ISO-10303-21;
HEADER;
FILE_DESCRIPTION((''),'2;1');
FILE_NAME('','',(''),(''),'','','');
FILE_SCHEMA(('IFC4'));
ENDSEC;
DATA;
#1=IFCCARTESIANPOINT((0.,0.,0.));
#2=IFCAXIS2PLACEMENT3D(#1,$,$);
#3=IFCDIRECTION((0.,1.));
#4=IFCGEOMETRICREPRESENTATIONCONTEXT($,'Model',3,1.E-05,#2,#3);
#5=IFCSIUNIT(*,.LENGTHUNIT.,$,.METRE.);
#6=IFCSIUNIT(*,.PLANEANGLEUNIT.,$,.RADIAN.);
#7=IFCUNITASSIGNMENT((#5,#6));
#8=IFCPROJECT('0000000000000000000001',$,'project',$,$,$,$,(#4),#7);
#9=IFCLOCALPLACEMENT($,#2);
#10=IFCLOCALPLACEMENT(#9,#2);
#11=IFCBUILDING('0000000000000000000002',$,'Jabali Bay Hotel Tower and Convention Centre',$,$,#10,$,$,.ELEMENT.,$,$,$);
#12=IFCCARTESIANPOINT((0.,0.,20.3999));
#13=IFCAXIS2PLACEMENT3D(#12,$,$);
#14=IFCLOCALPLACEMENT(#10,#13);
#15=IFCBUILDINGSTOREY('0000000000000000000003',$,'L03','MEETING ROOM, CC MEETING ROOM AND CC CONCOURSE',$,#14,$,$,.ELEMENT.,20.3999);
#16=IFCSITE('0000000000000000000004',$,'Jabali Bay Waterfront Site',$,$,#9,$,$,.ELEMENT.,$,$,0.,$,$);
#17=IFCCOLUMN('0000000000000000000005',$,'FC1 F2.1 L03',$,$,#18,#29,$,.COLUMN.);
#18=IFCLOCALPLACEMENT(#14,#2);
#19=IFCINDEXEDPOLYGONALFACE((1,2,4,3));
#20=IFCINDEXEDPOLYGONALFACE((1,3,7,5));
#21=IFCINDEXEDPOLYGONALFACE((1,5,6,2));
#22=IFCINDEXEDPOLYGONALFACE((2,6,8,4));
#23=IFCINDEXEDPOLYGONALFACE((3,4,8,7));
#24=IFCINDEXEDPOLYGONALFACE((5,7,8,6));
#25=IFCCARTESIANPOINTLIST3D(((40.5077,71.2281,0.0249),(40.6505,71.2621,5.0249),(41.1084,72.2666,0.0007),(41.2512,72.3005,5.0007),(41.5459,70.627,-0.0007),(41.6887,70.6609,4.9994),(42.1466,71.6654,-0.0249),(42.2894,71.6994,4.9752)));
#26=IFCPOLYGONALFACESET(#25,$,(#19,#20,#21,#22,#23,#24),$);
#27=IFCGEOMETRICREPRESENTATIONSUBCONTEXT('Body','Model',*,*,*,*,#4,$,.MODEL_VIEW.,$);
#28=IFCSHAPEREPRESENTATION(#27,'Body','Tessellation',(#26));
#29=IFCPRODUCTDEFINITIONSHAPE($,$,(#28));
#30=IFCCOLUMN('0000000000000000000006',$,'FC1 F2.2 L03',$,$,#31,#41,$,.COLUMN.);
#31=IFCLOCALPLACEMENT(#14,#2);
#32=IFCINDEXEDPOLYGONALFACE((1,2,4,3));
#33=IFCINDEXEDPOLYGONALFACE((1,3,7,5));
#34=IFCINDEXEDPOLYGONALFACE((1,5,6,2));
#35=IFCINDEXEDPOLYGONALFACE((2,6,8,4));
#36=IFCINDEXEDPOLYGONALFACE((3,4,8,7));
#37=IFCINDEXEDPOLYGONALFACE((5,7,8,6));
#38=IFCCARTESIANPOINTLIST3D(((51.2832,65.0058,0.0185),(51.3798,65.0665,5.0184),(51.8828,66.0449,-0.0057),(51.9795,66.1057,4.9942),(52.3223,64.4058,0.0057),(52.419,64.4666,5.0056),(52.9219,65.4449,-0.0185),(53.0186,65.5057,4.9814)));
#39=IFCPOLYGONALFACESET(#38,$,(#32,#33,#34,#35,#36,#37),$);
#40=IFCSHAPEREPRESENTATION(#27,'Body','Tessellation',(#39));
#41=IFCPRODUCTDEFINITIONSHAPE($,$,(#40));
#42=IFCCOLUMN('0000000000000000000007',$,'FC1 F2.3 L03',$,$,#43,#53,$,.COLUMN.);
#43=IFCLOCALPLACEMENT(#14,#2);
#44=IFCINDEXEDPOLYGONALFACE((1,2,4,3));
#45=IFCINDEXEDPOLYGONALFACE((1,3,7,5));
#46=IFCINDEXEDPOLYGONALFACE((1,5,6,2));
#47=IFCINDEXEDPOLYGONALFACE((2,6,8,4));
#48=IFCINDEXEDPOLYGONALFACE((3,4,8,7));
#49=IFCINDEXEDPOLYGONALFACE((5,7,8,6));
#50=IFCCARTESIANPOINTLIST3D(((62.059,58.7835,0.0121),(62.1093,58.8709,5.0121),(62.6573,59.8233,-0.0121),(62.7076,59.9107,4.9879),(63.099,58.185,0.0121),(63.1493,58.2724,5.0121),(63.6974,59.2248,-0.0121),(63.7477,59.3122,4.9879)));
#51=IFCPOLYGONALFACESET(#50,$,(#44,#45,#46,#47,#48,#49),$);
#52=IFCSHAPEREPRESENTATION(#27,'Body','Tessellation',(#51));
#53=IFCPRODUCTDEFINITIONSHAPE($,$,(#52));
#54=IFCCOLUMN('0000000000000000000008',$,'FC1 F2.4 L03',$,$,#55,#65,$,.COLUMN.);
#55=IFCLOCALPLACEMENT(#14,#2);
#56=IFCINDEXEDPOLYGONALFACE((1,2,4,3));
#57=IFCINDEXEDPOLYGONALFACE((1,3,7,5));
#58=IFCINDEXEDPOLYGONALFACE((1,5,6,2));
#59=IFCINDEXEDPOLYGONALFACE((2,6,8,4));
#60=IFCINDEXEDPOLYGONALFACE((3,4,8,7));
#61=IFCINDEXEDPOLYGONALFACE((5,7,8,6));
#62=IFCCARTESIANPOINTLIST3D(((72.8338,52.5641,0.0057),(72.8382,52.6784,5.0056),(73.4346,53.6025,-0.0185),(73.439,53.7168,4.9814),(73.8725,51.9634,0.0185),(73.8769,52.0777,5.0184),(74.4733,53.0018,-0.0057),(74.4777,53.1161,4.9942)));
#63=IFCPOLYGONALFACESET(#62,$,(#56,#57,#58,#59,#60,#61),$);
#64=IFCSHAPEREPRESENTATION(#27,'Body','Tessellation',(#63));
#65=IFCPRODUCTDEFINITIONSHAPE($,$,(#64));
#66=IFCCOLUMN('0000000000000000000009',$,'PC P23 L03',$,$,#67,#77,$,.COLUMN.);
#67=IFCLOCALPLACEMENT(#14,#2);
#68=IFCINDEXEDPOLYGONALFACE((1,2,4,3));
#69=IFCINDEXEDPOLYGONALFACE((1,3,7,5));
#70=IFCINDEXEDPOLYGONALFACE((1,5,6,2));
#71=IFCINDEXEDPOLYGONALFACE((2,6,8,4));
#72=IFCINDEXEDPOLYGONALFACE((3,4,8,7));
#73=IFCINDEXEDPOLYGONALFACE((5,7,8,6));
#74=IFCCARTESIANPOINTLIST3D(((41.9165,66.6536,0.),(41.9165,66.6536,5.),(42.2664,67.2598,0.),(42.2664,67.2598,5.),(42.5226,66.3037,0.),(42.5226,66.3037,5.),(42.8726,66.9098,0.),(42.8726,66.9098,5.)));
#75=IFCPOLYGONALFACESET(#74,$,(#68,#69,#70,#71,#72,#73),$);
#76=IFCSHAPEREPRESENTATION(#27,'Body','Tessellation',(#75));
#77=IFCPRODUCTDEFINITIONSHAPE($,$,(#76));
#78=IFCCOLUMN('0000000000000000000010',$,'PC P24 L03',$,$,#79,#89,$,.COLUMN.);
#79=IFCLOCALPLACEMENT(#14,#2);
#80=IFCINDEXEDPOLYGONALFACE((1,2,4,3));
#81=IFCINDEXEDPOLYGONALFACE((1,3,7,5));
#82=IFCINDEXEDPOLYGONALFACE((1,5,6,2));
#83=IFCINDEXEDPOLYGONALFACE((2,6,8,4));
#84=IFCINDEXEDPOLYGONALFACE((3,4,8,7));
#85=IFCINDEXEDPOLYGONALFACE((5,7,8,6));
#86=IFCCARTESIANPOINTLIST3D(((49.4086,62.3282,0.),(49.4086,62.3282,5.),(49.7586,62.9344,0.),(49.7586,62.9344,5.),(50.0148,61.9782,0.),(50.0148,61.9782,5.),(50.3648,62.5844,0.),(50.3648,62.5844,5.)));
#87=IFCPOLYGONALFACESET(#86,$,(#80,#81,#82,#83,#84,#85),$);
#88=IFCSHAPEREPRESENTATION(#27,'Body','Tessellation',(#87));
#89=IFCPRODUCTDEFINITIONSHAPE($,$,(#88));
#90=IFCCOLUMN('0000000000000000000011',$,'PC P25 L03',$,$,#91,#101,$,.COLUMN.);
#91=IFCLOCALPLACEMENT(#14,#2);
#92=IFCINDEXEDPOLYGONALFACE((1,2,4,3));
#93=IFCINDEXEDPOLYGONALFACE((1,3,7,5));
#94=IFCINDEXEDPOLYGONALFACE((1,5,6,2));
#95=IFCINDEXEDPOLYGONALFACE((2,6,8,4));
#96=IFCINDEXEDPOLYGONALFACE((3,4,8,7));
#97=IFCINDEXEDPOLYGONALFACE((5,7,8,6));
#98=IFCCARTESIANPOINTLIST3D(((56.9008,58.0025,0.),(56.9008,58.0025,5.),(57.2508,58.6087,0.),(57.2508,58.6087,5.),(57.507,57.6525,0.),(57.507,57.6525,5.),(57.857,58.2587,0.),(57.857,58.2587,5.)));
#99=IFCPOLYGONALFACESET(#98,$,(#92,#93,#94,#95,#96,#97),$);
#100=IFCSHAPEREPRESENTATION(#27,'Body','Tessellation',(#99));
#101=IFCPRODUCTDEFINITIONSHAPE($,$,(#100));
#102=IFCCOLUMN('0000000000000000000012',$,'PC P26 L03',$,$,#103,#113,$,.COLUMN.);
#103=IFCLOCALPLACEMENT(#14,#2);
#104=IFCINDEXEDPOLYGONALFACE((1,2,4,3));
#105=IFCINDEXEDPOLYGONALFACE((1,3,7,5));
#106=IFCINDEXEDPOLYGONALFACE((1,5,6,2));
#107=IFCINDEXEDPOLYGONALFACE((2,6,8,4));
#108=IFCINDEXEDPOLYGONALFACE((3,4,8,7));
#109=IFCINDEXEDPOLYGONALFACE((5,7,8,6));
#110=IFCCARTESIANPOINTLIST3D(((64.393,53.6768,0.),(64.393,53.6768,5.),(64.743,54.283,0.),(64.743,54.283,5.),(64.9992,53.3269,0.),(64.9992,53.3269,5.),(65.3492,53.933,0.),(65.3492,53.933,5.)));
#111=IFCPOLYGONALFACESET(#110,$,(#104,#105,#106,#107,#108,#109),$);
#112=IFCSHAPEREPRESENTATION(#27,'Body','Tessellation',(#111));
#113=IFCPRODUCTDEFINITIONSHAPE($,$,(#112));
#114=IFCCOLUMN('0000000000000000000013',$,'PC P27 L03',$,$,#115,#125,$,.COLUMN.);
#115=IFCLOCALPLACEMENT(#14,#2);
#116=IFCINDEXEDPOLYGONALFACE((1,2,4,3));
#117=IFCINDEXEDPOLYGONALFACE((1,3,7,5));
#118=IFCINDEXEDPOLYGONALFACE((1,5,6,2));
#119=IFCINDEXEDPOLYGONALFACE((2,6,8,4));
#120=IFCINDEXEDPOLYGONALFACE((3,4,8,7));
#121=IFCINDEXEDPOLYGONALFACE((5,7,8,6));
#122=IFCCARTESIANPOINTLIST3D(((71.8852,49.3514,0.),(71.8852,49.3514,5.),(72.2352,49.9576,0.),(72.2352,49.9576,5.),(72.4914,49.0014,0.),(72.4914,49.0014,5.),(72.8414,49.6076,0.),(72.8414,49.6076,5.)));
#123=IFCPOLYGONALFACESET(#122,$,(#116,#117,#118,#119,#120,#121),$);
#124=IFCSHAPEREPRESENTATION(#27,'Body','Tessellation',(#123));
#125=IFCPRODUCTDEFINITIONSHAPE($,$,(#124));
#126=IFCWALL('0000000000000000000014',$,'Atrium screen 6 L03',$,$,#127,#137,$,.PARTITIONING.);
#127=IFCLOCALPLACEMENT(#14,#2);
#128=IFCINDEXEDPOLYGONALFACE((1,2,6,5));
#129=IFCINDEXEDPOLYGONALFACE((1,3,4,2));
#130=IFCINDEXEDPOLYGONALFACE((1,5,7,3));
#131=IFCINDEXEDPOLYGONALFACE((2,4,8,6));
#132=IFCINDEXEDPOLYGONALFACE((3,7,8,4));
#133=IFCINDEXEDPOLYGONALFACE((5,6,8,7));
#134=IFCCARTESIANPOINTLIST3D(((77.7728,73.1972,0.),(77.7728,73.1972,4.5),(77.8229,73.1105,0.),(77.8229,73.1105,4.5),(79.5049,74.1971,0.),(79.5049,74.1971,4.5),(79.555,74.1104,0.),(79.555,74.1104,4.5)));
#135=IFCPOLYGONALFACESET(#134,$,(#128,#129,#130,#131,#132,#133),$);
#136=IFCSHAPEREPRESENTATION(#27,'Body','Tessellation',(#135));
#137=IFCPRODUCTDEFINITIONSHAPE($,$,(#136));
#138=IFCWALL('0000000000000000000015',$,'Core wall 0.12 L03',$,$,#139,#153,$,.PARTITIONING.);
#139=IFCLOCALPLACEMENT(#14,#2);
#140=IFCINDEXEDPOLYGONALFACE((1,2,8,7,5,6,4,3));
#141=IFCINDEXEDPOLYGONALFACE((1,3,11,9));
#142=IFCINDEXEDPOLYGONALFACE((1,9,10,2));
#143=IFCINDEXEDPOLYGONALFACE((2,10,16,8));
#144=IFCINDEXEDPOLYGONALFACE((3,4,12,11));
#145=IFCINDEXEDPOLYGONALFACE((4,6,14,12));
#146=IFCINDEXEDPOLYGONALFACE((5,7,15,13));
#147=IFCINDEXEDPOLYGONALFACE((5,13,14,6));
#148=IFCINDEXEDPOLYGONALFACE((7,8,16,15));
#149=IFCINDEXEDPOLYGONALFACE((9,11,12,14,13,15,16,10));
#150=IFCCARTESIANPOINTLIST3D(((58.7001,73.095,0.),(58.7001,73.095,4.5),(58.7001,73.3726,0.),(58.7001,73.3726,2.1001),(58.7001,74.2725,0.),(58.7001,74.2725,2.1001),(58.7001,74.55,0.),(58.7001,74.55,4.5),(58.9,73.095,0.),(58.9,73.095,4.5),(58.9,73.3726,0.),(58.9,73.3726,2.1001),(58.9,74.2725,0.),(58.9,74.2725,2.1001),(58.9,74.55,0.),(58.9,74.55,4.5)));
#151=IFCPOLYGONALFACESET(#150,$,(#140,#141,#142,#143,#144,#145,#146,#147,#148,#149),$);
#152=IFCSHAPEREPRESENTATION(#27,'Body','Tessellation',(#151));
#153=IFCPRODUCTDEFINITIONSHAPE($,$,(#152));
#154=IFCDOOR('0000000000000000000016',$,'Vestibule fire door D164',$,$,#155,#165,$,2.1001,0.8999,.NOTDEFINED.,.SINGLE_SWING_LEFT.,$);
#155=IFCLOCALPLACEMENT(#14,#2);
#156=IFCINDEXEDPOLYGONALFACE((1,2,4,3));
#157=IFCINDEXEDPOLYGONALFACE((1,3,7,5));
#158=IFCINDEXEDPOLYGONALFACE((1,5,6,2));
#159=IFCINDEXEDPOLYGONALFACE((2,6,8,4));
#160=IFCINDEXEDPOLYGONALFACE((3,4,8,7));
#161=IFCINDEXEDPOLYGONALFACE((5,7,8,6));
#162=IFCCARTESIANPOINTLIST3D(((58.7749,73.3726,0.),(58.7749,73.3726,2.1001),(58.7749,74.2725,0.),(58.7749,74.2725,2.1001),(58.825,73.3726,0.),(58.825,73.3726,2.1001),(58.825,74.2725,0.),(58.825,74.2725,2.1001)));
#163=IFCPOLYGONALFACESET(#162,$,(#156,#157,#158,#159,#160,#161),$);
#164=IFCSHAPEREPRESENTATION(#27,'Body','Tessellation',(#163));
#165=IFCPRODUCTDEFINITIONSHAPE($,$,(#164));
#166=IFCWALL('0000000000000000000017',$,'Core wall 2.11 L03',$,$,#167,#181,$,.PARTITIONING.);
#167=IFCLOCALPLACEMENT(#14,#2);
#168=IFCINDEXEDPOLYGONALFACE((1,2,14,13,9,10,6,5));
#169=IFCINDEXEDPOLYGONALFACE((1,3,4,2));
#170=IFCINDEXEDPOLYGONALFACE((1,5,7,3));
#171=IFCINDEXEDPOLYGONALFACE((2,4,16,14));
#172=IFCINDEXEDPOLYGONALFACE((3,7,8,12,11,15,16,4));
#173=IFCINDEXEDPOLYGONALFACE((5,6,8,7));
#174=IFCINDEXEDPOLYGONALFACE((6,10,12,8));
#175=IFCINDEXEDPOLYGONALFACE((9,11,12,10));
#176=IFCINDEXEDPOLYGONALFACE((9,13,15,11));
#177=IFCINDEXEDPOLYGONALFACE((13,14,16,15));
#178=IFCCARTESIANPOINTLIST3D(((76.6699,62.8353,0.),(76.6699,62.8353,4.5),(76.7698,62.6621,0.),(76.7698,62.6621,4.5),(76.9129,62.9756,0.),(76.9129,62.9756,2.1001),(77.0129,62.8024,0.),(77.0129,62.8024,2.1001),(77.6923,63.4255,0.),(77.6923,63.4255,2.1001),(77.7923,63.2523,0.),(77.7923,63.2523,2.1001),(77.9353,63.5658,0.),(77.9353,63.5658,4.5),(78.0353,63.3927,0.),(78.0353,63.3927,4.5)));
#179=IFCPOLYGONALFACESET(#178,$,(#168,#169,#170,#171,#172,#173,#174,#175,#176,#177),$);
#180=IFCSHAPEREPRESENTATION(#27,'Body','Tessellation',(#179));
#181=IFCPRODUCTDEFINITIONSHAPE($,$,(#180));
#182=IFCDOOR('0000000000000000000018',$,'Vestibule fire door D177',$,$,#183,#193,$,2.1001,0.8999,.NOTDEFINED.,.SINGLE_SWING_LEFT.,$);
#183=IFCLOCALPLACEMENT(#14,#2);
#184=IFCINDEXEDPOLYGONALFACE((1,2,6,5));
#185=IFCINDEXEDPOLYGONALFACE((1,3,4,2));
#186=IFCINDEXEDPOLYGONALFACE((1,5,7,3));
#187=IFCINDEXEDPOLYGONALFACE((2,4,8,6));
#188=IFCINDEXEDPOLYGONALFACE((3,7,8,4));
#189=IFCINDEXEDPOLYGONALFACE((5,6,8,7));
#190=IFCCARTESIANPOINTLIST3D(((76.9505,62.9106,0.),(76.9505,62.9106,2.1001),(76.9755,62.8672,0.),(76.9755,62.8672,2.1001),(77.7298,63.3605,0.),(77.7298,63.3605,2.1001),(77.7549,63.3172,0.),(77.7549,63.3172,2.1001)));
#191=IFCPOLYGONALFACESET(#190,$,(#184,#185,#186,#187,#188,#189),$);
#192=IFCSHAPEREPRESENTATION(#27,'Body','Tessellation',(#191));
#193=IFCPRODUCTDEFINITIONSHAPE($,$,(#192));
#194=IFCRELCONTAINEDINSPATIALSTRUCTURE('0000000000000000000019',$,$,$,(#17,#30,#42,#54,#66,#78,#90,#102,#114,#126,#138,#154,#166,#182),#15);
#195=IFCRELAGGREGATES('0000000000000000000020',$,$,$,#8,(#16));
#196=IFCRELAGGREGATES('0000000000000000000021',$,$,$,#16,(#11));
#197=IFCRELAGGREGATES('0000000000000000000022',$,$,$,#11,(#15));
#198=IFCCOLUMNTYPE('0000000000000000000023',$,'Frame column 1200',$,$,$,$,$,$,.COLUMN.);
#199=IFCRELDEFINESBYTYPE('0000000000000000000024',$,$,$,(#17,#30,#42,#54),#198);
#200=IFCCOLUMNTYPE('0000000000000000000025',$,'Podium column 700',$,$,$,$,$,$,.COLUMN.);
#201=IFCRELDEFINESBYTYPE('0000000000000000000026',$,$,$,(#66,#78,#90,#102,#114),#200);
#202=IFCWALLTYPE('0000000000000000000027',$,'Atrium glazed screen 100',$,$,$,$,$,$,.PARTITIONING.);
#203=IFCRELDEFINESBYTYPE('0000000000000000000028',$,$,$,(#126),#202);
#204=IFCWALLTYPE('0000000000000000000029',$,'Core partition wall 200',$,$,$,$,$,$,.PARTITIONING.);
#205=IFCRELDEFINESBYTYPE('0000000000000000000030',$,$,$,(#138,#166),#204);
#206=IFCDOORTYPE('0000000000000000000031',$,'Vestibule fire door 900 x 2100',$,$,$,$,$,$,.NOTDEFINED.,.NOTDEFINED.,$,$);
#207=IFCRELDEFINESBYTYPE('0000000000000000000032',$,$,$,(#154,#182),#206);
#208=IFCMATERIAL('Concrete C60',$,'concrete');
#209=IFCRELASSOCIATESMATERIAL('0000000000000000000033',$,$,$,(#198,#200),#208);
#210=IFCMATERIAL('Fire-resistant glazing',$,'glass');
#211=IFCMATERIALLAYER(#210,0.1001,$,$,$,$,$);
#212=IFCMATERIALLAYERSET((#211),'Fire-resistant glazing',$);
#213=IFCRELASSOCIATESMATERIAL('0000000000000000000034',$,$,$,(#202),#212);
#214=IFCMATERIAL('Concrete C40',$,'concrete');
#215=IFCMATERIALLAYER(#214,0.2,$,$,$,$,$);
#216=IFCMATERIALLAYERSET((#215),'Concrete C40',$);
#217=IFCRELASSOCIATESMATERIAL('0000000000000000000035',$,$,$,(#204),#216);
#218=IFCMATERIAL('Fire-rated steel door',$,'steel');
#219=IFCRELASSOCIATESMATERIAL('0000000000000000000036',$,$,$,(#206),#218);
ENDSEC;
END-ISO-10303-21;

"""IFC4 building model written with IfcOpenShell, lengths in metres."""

from ifc_helpers import new_model, si_unit, direction, frame, frame_2d, origin, origin_2d, place, context, subcontext, project, spatial, rectangle, extrude, material, layer, layer_set, material_profile, profile_set, type_object, element, fill, save


model = new_model("IFC4")

# Units and contexts
model_context = context("Model", 3, precision=1e-05, world=origin(), true_north=direction((0.0, 1.0)))
body_context = subcontext(model_context, "Body", "Model", "MODEL_VIEW")
ifc_project = project(units=[si_unit("LENGTHUNIT", "METRE"), si_unit("PLANEANGLEUNIT", "RADIAN")], contexts=[model_context])

# Site, building, storey
site_placement = place(None, origin())
site = spatial("IfcSite", under=ifc_project, at=site_placement, Name="Jabali Bay Waterfront Site", CompositionType="ELEMENT", RefElevation=0.0)
building_placement = place(site_placement, origin())
building = spatial("IfcBuilding", under=site, at=building_placement, Name="Jabali Bay Hotel Tower and Convention Centre", CompositionType="ELEMENT")
storey_placement = place(building_placement, frame((0.0, 0.0, 20.3999)))
storey = spatial("IfcBuildingStorey", under=building, at=storey_placement, Name="L03", Description="MEETING ROOM, CC MEETING ROOM AND CC CONCOURSE", CompositionType="ELEMENT", Elevation=20.3999)

# Columns
ifc_material_1 = material(Name="Concrete C60", Category="concrete")
ifc_material_profile_1 = material_profile(ifc_material_1, rectangle(XDim=1.2, YDim=1.2, at=origin_2d()), Name="Frame column 1200")
ifc_profile_set_1 = profile_set([ifc_material_profile_1], Name="Concrete C60")
column_type_1 = type_object("IfcColumnType", Name="Frame column 1200", PredefinedType="COLUMN", material=ifc_profile_set_1)
column_1_placement = place(storey_placement, frame((41.3271, 71.4468, 0.0), z_axis=(0.028552, 0.006784, 0.999569), x_axis=(-0.865193, 0.500987, 0.021314)))
element("IfcColumn", 1, at=column_1_placement, inside=storey, type_object=column_type_1, Name="FC1 F2.1 L03", PredefinedType="COLUMN", context=body_context, shape_type="SweptSolid", body=[
    extrude(rectangle(XDim=1.2, YDim=1.2, at=origin_2d()), origin(), (0.0, 0.0, 1.0), 5.0022),
])
column_2_placement = place(storey_placement, frame((52.1025, 65.2253, 0.0), z_axis=(0.019331, 0.012155, 0.999739), x_axis=(-0.865976, 0.499971, 0.010666)))
element("IfcColumn", 2, at=column_2_placement, inside=storey, type_object=column_type_1, Name="FC1 F2.2 L03", PredefinedType="COLUMN", context=body_context, shape_type="SweptSolid", body=[
    extrude(rectangle(XDim=1.2, YDim=1.2, at=origin_2d()), origin(), (0.0, 0.0, 1.0), 5.0012),
])
column_3_placement = place(storey_placement, frame((62.8782, 59.0042, 0.0), z_axis=(0.010057, 0.017477, 0.999797), x_axis=(-0.498647, -0.866571, 0.020164)))
element("IfcColumn", 3, at=column_3_placement, inside=storey, type_object=column_type_1, Name="FC1 F2.3 L03", PredefinedType="COLUMN", context=body_context, shape_type="SweptSolid", body=[
    extrude(rectangle(XDim=1.2, YDim=1.2, at=origin_2d()), origin(), (0.0, 0.0, 1.0), 5.001),
])
column_4_placement = place(storey_placement, frame((73.6536, 52.783, 0.0), z_axis=(0.000879, 0.022846, 0.999739), x_axis=(-0.500717, -0.865375, 0.020215)))
element("IfcColumn", 4, at=column_4_placement, inside=storey, type_object=column_type_1, Name="FC1 F2.4 L03", PredefinedType="COLUMN", context=body_context, shape_type="SweptSolid", body=[
    extrude(rectangle(XDim=1.2, YDim=1.2, at=origin_2d()), origin(), (0.0, 0.0, 1.0), 5.0012),
])
ifc_material_profile_2 = material_profile(ifc_material_1, rectangle(XDim=0.7, YDim=0.7, at=origin_2d()), Name="Podium column 700")
ifc_profile_set_2 = profile_set([ifc_material_profile_2], Name="Concrete C60")
column_type_2 = type_object("IfcColumnType", Name="Podium column 700", PredefinedType="COLUMN", material=ifc_profile_set_2)
for number, where, z_axis, x_axis, name in (
    (5, (42.3945, 66.7817, 0.0), (0.0, 0.0, 1.0), (0.5, 0.866025, 0.0), "PC P23 L03"),
    (6, (49.8867, 62.4563, 0.0), (0.0, 0.0, 1.0), (0.5, 0.866025, 0.0), "PC P24 L03"),
    (7, (57.3789, 58.1306, 0.0), (0.0, 0.0, 1.0), (0.5, 0.866025, 0.0), "PC P25 L03"),
    (8, (64.8711, 53.8049, 0.0), (0.0, 0.0, 1.0), (0.5, 0.866025, 0.0), "PC P26 L03"),
    (9, (72.3633, 49.4795, 0.0), (0.0, 0.0, 1.0), (0.5, 0.866025, 0.0), "PC P27 L03"),
):
    element("IfcColumn", number, at=place(storey_placement, frame(where, z_axis=z_axis, x_axis=x_axis)), inside=storey, type_object=column_type_2, Name=name, PredefinedType="COLUMN", context=body_context, shape_type="SweptSolid", body=[
        extrude(rectangle(XDim=0.7, YDim=0.7, at=origin_2d()), origin(), (0.0, 0.0, 1.0), 5.0),
    ])

# Wall
ifc_material_2 = material(Name="Fire-resistant glazing", Category="glass")
ifc_layer_1 = layer(ifc_material_2, 0.1001)
ifc_layer_set_1 = layer_set([ifc_layer_1], Name="Fire-resistant glazing")
wall_type_1 = type_object("IfcWallType", Name="Atrium glazed screen 100", PredefinedType="PARTITIONING", material=ifc_layer_set_1)
wall_1_placement = place(storey_placement, frame((77.7979, 73.1538, 0.0), z_axis=(0.0, 0.0, 1.0), x_axis=(0.866041, 0.499973, 0.0)))
element("IfcWall", 10, at=wall_1_placement, inside=storey, type_object=wall_type_1, Name="Atrium screen 6 L03", PredefinedType="PARTITIONING", context=body_context, shape_type="SweptSolid", body=[
    extrude(rectangle(XDim=2.0, YDim=0.1001, at=frame_2d((1.0, 0.0))), origin(), (0.0, 0.0, 1.0), 4.5),
])

# Walls, openings, doors
ifc_material_3 = material(Name="Concrete C40", Category="concrete")
ifc_layer_2 = layer(ifc_material_3, 0.2)
ifc_layer_set_2 = layer_set([ifc_layer_2], Name="Concrete C40")
wall_type_2 = type_object("IfcWallType", Name="Core partition wall 200", PredefinedType="PARTITIONING", material=ifc_layer_set_2)
wall_2_placement = place(storey_placement, frame((58.8, 74.55, 0.0), z_axis=(0.0, 0.0, 1.0), x_axis=(0.0, -1.0, 0.0)))
wall_2 = element("IfcWall", 11, at=wall_2_placement, inside=storey, type_object=wall_type_2, Name="Core wall 0.12 L03", PredefinedType="PARTITIONING", context=body_context, shape_type="SweptSolid", body=[
    extrude(rectangle(XDim=1.4551, YDim=0.2, at=frame_2d((0.7275, 0.0))), origin(), (0.0, 0.0, 1.0), 4.5),
])
opening_1_placement = place(wall_2_placement, frame((0.2776, 0.0, 0.0)))
opening_1 = element("IfcOpeningElement", 12, at=opening_1_placement, cuts=wall_2, PredefinedType="OPENING", context=body_context, shape_type="SweptSolid", body=[
    extrude(rectangle(XDim=0.8999, YDim=2.1001, at=frame_2d((0.45, 1.05))), frame((0.0, 0.1104, 0.0), z_axis=(0.0, -1.0, 0.0), x_axis=(1.0, 0.0, 0.0)), (0.0, 0.0, 1.0), 0.2209),
])
ifc_material_4 = material(Name="Fire-rated steel door", Category="steel")
door_type_1 = type_object("IfcDoorType", Name="Vestibule fire door 900 x 2100", OperationType="NOTDEFINED", PredefinedType="NOTDEFINED", material=ifc_material_4)
door_1_placement = place(opening_1_placement, origin())
door_1 = element("IfcDoor", 13, at=door_1_placement, inside=storey, type_object=door_type_1, Name="Vestibule fire door D164", OperationType="SINGLE_SWING_LEFT", OverallHeight=2.1001, OverallWidth=0.8999, PredefinedType="NOTDEFINED", context=body_context, shape_type="SweptSolid", body=[
    extrude(rectangle(XDim=0.8999, YDim=2.1001, at=frame_2d((0.45, 1.05))), frame((0.0, 0.0249, 0.0), z_axis=(0.0, -1.0, 0.0), x_axis=(1.0, 0.0, 0.0)), (0.0, 0.0, 1.0), 0.05),
])
fill(opening_1, door_1)
wall_3_placement = place(storey_placement, frame((76.72, 62.7488, 0.0), z_axis=(0.0, 0.0, 1.0), x_axis=(0.866055, 0.499949, 0.0)))
wall_3 = element("IfcWall", 14, at=wall_3_placement, inside=storey, type_object=wall_type_2, Name="Core wall 2.11 L03", PredefinedType="PARTITIONING", context=body_context, shape_type="SweptSolid", body=[
    extrude(rectangle(XDim=1.4612, YDim=0.2, at=frame_2d((0.7305, 0.0))), origin(), (0.0, 0.0, 1.0), 4.5),
])
opening_2_placement = place(wall_3_placement, frame((0.2805, 0.0, 0.0)))
opening_2 = element("IfcOpeningElement", 15, at=opening_2_placement, cuts=wall_3, PredefinedType="OPENING", context=body_context, shape_type="SweptSolid", body=[
    extrude(rectangle(XDim=0.8999, YDim=2.1001, at=frame_2d((0.45, 1.05))), frame((0.0, 0.1104, 0.0), z_axis=(0.0, -1.0, 0.0), x_axis=(1.0, 0.0, 0.0)), (0.0, 0.0, 1.0), 0.2209),
])
door_2_placement = place(opening_2_placement, origin())
door_2 = element("IfcDoor", 16, at=door_2_placement, inside=storey, type_object=door_type_1, Name="Vestibule fire door D177", OperationType="SINGLE_SWING_LEFT", OverallHeight=2.1001, OverallWidth=0.8999, PredefinedType="NOTDEFINED", context=body_context, shape_type="SweptSolid", body=[
    extrude(rectangle(XDim=0.8999, YDim=2.1001, at=frame_2d((0.45, 1.05))), frame((0.0, 0.0249, 0.0), z_axis=(0.0, -1.0, 0.0), x_axis=(1.0, 0.0, 0.0)), (0.0, 0.0, 1.0), 0.05),
])
fill(opening_2, door_2)

save(model, "model.ifc")
